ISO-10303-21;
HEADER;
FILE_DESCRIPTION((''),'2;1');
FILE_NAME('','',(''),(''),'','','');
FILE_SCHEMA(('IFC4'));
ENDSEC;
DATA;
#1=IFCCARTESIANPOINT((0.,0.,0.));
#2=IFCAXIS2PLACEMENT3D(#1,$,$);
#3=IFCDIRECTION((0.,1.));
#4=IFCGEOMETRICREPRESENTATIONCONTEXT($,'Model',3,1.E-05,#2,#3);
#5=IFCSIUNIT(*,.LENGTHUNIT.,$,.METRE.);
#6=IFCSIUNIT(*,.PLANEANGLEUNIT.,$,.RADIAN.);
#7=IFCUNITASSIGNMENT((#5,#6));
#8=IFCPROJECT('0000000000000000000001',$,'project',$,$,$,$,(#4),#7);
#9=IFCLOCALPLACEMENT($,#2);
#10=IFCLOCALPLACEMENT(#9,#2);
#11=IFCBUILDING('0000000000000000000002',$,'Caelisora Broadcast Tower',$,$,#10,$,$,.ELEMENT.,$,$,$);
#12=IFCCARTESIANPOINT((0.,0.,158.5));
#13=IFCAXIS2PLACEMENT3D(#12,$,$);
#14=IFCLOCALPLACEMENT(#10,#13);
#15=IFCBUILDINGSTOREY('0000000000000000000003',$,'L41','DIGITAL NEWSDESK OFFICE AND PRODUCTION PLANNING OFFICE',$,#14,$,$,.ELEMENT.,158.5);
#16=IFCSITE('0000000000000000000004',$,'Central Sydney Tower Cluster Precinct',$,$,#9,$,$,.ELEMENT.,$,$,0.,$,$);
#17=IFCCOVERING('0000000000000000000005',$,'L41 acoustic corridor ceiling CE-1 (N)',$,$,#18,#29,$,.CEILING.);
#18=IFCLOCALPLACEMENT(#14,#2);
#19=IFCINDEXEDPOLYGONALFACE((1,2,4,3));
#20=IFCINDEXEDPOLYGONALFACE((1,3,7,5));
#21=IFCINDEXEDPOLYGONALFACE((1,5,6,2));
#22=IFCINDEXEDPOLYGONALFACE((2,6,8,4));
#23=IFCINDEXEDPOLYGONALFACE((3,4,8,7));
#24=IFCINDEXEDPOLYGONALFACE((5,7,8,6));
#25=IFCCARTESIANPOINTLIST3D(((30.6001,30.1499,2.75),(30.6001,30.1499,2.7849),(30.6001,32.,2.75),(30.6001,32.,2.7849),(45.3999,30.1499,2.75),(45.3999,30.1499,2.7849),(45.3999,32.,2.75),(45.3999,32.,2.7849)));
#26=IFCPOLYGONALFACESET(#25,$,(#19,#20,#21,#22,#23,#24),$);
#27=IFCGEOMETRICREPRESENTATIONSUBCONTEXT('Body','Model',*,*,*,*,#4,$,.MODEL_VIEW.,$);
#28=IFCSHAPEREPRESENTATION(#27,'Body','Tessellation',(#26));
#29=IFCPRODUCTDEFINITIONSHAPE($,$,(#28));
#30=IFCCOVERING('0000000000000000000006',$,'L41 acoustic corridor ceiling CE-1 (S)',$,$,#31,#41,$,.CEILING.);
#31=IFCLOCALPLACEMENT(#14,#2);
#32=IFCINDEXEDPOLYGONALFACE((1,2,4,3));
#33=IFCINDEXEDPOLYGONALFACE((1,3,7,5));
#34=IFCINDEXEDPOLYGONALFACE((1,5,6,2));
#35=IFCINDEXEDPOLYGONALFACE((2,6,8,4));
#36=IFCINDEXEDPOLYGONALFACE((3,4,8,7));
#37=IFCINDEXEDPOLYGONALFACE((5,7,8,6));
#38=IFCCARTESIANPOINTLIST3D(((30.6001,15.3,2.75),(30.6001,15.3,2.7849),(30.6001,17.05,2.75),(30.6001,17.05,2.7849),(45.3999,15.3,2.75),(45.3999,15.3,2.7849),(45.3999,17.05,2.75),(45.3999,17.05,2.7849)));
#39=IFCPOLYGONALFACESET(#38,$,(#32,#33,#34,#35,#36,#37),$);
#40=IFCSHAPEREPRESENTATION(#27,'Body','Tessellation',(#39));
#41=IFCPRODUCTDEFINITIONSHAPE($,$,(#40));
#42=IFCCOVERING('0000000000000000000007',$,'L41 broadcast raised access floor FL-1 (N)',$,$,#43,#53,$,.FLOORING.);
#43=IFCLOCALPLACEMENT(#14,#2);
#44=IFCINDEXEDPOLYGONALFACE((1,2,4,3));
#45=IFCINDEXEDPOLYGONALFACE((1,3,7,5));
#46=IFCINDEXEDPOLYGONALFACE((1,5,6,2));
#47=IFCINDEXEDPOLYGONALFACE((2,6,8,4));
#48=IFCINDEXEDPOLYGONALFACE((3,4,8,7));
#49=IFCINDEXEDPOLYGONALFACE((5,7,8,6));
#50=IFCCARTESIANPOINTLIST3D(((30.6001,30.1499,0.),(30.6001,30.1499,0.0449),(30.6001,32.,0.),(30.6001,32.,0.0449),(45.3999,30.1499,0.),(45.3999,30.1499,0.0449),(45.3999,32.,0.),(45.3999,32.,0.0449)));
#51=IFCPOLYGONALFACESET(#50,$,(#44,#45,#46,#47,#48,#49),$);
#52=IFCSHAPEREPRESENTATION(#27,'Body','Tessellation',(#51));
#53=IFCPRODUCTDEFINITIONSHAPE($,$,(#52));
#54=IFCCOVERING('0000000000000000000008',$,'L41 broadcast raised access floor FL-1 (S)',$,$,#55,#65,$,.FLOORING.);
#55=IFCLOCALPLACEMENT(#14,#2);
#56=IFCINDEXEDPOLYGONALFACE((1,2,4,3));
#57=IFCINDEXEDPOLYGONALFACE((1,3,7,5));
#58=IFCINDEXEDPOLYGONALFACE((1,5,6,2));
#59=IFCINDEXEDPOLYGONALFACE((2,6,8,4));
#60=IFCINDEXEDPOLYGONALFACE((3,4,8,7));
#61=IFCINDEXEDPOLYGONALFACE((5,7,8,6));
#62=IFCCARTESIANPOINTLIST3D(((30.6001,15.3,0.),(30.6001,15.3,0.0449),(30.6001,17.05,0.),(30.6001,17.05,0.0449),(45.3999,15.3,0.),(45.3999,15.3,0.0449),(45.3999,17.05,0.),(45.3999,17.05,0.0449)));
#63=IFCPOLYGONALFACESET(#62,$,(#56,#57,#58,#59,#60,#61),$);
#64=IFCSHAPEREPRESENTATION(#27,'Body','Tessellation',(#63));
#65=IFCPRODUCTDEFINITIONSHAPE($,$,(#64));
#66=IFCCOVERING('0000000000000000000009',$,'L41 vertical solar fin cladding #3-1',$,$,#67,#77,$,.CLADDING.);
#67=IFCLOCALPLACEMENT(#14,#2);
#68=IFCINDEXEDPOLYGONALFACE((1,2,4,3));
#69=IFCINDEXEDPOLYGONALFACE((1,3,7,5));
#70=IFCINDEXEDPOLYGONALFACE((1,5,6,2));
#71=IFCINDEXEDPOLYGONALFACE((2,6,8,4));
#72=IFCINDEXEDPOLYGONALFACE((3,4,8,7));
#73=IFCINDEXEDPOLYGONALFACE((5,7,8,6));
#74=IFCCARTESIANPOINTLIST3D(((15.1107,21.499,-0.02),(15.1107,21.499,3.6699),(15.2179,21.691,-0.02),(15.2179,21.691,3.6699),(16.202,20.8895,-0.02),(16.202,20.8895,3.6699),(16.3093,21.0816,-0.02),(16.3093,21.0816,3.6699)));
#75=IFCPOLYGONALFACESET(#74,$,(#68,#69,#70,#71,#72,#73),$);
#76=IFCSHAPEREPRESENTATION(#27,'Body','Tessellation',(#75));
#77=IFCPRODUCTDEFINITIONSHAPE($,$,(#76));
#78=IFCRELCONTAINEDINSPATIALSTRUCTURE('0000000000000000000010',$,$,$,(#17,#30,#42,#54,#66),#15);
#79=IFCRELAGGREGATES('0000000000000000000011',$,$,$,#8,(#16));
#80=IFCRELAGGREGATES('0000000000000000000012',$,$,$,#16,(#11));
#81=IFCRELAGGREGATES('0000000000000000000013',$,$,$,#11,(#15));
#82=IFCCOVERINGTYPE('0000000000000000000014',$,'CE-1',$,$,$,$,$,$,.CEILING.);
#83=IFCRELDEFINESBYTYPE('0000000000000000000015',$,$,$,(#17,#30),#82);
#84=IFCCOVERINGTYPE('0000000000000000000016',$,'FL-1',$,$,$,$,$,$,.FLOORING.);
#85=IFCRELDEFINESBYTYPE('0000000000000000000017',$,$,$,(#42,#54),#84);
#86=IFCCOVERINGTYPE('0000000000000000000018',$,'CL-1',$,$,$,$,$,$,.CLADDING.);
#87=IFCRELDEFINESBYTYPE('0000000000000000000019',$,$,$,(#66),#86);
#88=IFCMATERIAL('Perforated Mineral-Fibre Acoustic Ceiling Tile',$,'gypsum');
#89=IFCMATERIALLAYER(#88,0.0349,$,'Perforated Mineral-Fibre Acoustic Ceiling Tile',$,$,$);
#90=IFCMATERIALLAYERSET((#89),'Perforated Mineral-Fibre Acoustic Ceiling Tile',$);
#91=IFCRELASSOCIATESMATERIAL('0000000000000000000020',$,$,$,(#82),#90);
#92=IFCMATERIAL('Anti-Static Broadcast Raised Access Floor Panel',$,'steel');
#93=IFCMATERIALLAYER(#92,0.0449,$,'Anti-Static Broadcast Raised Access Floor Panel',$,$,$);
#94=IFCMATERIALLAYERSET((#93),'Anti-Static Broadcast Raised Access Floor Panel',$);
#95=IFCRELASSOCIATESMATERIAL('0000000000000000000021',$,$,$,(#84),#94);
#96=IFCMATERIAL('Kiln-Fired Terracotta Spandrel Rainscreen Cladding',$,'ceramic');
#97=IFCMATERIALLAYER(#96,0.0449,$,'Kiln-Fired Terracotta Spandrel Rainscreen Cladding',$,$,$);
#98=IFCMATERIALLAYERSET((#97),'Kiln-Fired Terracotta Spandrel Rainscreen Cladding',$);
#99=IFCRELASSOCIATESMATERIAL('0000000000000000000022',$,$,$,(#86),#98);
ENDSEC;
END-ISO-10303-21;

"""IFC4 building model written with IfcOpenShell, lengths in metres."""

from ifc_helpers import new_model, si_unit, direction, frame, origin, origin_2d, place, context, subcontext, project, spatial, polyline, rectangle, outline, extrude, source, transform, mapped, material, layer, layer_set, type_object, type_shapes, element, save


model = new_model("IFC4")

# Units and contexts
model_context = context("Model", 3, precision=1e-05, world=origin(), true_north=direction((0.0, 1.0)))
body_context = subcontext(model_context, "Body", "Model", "MODEL_VIEW")
ifc_project = project(units=[si_unit("LENGTHUNIT", "METRE"), si_unit("PLANEANGLEUNIT", "RADIAN")], contexts=[model_context])

# Site, building, storey
site_placement = place(None, origin())
site = spatial("IfcSite", under=ifc_project, at=site_placement, Name="Central Sydney Tower Cluster Precinct", CompositionType="ELEMENT", RefElevation=0.0)
building_placement = place(site_placement, origin())
building = spatial("IfcBuilding", under=site, at=building_placement, Name="Caelisora Broadcast Tower", CompositionType="ELEMENT")
storey_placement = place(building_placement, frame((0.0, 0.0, 158.5)))
storey = spatial("IfcBuildingStorey", under=building, at=storey_placement, Name="L41", Description="DIGITAL NEWSDESK OFFICE AND PRODUCTION PLANNING OFFICE", CompositionType="ELEMENT", Elevation=158.5)

# Coverings
ifc_material_1 = material(Name="Perforated Mineral-Fibre Acoustic Ceiling Tile", Category="gypsum")
ifc_layer_1 = layer(ifc_material_1, 0.0349, Name="Perforated Mineral-Fibre Acoustic Ceiling Tile")
ifc_layer_set_1 = layer_set([ifc_layer_1], Name="Perforated Mineral-Fibre Acoustic Ceiling Tile")
covering_type_1 = type_object("IfcCoveringType", Name="CE-1", PredefinedType="CEILING", material=ifc_layer_set_1)
covering_1_placement = place(storey_placement, frame((0.0, 0.0, 2.75)))
element("IfcCovering", 1, at=covering_1_placement, inside=storey, type_object=covering_type_1, Name="L41 acoustic corridor ceiling CE-1 (N)", PredefinedType="CEILING", context=body_context, shape_type="SweptSolid", body=[
    extrude(outline(polyline([(30.6001, 30.1499), (45.3999, 30.1499), (45.3999, 32.0), (30.6001, 32.0), (30.6001, 30.1499)])), origin(), (0.0, 0.0, 1.0), 0.0349),
])
covering_2_placement = place(storey_placement, frame((0.0, 0.0, 2.75)))
element("IfcCovering", 2, at=covering_2_placement, inside=storey, type_object=covering_type_1, Name="L41 acoustic corridor ceiling CE-1 (S)", PredefinedType="CEILING", context=body_context, shape_type="SweptSolid", body=[
    extrude(outline(polyline([(30.6001, 15.3), (45.3999, 15.3), (45.3999, 17.05), (30.6001, 17.05), (30.6001, 15.3)])), origin(), (0.0, 0.0, 1.0), 0.0349),
])
ifc_material_2 = material(Name="Anti-Static Broadcast Raised Access Floor Panel", Category="steel")
ifc_layer_2 = layer(ifc_material_2, 0.0449, Name="Anti-Static Broadcast Raised Access Floor Panel")
ifc_layer_set_2 = layer_set([ifc_layer_2], Name="Anti-Static Broadcast Raised Access Floor Panel")
covering_type_2 = type_object("IfcCoveringType", Name="FL-1", PredefinedType="FLOORING", material=ifc_layer_set_2)
covering_3_placement = place(storey_placement, origin())
element("IfcCovering", 3, at=covering_3_placement, inside=storey, type_object=covering_type_2, Name="L41 broadcast raised access floor FL-1 (N)", PredefinedType="FLOORING", context=body_context, shape_type="SweptSolid", body=[
    extrude(outline(polyline([(30.6001, 30.1499), (45.3999, 30.1499), (45.3999, 32.0), (30.6001, 32.0), (30.6001, 30.1499)])), origin(), (0.0, 0.0, 1.0), 0.0449),
])
covering_4_placement = place(storey_placement, origin())
element("IfcCovering", 4, at=covering_4_placement, inside=storey, type_object=covering_type_2, Name="L41 broadcast raised access floor FL-1 (S)", PredefinedType="FLOORING", context=body_context, shape_type="SweptSolid", body=[
    extrude(outline(polyline([(30.6001, 15.3), (45.3999, 15.3), (45.3999, 17.05), (30.6001, 17.05), (30.6001, 15.3)])), origin(), (0.0, 0.0, 1.0), 0.0449),
])
ifc_material_3 = material(Name="Kiln-Fired Terracotta Spandrel Rainscreen Cladding", Category="ceramic")
ifc_layer_3 = layer(ifc_material_3, 0.0449, Name="Kiln-Fired Terracotta Spandrel Rainscreen Cladding")
ifc_layer_set_3 = layer_set([ifc_layer_3], Name="Kiln-Fired Terracotta Spandrel Rainscreen Cladding")
covering_type_3 = type_object("IfcCoveringType", Name="CL-1", PredefinedType="CLADDING", material=ifc_layer_set_3)
shared_shape_1 = source(origin(), body_context, "Body", "SweptSolid", [
    extrude(rectangle(XDim=0.22, YDim=1.25, at=origin_2d()), origin(), (0.0, 0.0, 1.0), 3.6899),
])
type_shapes(covering_type_3, [shared_shape_1])
covering_5_placement = place(storey_placement, frame((15.71, 21.2903, -0.02), z_axis=(0.0, 0.0, 1.0), x_axis=(0.487555, 0.873092, 0.0)))
element("IfcCovering", 5, at=covering_5_placement, inside=storey, type_object=covering_type_3, Name="L41 vertical solar fin cladding #3-1", PredefinedType="CLADDING", context=body_context, shape_type="MappedRepresentation", body=[
    mapped(shared_shape_1, transform((0.0, 0.0, 0.0), scale=1.0)),
])

save(model, "model.ifc")
